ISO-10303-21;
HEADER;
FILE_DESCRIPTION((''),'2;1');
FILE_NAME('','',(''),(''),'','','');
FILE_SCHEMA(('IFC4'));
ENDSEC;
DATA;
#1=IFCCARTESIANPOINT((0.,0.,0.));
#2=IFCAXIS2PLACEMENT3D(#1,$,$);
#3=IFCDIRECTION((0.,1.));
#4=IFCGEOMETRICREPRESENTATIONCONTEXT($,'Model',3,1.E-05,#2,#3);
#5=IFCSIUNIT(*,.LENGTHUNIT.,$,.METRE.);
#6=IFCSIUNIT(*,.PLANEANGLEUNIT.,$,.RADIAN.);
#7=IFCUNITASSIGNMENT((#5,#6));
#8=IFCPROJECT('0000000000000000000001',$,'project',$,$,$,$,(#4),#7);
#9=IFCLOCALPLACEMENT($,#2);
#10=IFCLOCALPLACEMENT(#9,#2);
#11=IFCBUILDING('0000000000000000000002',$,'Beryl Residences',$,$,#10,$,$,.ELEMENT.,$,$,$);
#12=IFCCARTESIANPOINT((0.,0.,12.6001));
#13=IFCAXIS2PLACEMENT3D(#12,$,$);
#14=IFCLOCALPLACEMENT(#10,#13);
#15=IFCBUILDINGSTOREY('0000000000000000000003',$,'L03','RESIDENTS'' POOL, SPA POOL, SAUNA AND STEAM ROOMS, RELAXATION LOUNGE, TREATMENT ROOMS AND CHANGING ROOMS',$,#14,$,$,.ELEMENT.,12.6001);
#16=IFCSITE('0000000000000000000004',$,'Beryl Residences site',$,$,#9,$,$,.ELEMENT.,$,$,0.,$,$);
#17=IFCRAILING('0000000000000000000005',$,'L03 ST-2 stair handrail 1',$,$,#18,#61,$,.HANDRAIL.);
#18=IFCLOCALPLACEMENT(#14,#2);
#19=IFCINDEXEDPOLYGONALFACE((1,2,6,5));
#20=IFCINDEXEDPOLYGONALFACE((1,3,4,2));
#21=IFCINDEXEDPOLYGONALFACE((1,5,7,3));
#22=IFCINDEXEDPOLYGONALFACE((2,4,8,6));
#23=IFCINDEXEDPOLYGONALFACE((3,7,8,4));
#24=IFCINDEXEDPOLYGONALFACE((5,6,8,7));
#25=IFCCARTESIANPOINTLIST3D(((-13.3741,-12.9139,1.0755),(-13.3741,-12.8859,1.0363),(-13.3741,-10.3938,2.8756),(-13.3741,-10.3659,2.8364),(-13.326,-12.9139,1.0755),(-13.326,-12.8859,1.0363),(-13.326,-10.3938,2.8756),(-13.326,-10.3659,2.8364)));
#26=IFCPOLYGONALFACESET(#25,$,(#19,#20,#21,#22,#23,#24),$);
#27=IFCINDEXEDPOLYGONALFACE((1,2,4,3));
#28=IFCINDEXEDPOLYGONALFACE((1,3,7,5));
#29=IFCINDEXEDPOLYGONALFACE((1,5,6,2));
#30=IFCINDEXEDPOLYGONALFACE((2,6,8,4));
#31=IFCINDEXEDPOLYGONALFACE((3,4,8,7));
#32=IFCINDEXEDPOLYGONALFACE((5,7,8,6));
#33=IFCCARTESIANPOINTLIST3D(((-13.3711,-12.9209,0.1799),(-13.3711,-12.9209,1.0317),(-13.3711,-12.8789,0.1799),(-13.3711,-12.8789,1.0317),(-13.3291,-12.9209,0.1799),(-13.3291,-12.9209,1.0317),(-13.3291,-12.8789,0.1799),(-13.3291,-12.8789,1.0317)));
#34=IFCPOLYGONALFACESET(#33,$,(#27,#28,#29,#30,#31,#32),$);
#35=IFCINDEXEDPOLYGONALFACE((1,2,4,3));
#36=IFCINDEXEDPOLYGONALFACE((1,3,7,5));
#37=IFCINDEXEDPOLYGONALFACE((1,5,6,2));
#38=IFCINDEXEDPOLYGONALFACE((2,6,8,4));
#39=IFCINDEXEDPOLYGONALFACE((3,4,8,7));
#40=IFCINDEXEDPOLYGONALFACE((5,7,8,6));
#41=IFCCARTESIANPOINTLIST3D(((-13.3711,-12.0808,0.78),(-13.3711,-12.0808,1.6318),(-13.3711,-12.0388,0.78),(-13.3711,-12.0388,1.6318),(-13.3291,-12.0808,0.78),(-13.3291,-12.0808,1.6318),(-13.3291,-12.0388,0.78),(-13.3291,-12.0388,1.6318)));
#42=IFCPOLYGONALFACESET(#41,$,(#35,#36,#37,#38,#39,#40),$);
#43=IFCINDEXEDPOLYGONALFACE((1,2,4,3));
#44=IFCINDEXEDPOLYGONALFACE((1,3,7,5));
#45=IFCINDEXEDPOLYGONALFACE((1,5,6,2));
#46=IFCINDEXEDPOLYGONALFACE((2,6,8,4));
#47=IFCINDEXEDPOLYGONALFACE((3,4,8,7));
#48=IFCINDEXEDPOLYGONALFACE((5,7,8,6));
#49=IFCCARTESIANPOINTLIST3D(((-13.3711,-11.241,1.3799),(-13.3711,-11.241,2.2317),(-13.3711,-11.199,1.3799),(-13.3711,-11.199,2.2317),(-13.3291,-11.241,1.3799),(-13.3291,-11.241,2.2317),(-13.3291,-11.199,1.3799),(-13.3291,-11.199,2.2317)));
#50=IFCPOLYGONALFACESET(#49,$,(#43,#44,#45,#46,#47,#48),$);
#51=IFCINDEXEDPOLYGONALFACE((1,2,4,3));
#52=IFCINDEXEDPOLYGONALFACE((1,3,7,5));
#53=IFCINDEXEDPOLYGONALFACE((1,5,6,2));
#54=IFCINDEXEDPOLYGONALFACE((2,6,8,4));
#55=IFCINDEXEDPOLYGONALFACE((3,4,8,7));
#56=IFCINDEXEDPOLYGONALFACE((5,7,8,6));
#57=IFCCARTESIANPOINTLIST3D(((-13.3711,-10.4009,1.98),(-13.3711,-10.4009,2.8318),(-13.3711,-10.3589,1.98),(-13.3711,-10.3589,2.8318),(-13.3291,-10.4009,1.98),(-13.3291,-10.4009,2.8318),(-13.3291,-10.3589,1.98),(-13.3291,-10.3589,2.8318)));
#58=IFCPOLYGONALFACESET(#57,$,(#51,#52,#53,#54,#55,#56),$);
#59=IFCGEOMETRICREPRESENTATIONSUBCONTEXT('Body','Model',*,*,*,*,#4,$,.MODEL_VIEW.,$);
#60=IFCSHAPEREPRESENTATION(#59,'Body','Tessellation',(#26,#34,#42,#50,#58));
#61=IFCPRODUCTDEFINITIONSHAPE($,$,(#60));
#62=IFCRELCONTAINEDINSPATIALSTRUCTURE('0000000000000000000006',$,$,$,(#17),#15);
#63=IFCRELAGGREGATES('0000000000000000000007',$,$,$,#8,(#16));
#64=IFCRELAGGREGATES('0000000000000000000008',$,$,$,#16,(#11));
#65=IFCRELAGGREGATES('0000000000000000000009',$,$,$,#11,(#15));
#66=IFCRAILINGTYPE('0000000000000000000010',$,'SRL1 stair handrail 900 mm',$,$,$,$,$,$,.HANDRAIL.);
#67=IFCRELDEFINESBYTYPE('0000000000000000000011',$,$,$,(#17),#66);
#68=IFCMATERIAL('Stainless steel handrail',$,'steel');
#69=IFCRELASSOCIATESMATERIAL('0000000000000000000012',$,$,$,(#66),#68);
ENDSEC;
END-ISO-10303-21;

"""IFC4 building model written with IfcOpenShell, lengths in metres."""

from ifc_helpers import new_model, si_unit, direction, frame, origin, origin_2d, place, context, subcontext, project, spatial, rectangle, extrude, material, type_object, element, save


model = new_model("IFC4")

# Units and contexts
model_context = context("Model", 3, precision=1e-05, world=origin(), true_north=direction((0.0, 1.0)))
body_context = subcontext(model_context, "Body", "Model", "MODEL_VIEW")
ifc_project = project(units=[si_unit("LENGTHUNIT", "METRE"), si_unit("PLANEANGLEUNIT", "RADIAN")], contexts=[model_context])

# Site, building, storey
site_placement = place(None, origin())
site = spatial("IfcSite", under=ifc_project, at=site_placement, Name="Beryl Residences site", CompositionType="ELEMENT", RefElevation=0.0)
building_placement = place(site_placement, origin())
building = spatial("IfcBuilding", under=site, at=building_placement, Name="Beryl Residences", CompositionType="ELEMENT")
storey_placement = place(building_placement, frame((0.0, 0.0, 12.6001)))
storey = spatial("IfcBuildingStorey", under=building, at=storey_placement, Name="L03", Description="RESIDENTS' POOL, SPA POOL, SAUNA AND STEAM ROOMS, RELAXATION LOUNGE, TREATMENT ROOMS AND CHANGING ROOMS", CompositionType="ELEMENT", Elevation=12.6001)

# Railing
ifc_material_1 = material(Name="Stainless steel handrail", Category="steel")
railing_type_1 = type_object("IfcRailingType", Name="SRL1 stair handrail 900 mm", PredefinedType="HANDRAIL", material=ifc_material_1)
railing_1_placement = place(storey_placement, frame((-13.3501, -12.8999, 0.1799)))
element("IfcRailing", 1, at=railing_1_placement, inside=storey, type_object=railing_type_1, Name="L03 ST-2 stair handrail 1", PredefinedType="HANDRAIL", context=body_context, shape_type="SweptSolid", body=[
    extrude(rectangle(XDim=0.0481, YDim=0.0481, at=origin_2d()), frame((0.0, 0.0, 0.876), z_axis=(0.0, 0.813728, 0.581246), x_axis=(-1.0, 0.0, 0.0)), (0.0, 0.0, 1.0), 3.0969),
    extrude(rectangle(XDim=0.042, YDim=0.042, at=origin_2d()), origin(), (0.0, 0.0, 1.0), 0.8518),
    extrude(rectangle(XDim=0.042, YDim=0.042, at=origin_2d()), frame((0.0, 0.8401, 0.6001)), (0.0, 0.0, 1.0), 0.8518),
    extrude(rectangle(XDim=0.042, YDim=0.042, at=origin_2d()), frame((0.0, 1.6799, 1.2)), (0.0, 0.0, 1.0), 0.8518),
    extrude(rectangle(XDim=0.042, YDim=0.042, at=origin_2d()), frame((0.0, 2.52, 1.8)), (0.0, 0.0, 1.0), 0.8518),
])

save(model, "model.ifc")
